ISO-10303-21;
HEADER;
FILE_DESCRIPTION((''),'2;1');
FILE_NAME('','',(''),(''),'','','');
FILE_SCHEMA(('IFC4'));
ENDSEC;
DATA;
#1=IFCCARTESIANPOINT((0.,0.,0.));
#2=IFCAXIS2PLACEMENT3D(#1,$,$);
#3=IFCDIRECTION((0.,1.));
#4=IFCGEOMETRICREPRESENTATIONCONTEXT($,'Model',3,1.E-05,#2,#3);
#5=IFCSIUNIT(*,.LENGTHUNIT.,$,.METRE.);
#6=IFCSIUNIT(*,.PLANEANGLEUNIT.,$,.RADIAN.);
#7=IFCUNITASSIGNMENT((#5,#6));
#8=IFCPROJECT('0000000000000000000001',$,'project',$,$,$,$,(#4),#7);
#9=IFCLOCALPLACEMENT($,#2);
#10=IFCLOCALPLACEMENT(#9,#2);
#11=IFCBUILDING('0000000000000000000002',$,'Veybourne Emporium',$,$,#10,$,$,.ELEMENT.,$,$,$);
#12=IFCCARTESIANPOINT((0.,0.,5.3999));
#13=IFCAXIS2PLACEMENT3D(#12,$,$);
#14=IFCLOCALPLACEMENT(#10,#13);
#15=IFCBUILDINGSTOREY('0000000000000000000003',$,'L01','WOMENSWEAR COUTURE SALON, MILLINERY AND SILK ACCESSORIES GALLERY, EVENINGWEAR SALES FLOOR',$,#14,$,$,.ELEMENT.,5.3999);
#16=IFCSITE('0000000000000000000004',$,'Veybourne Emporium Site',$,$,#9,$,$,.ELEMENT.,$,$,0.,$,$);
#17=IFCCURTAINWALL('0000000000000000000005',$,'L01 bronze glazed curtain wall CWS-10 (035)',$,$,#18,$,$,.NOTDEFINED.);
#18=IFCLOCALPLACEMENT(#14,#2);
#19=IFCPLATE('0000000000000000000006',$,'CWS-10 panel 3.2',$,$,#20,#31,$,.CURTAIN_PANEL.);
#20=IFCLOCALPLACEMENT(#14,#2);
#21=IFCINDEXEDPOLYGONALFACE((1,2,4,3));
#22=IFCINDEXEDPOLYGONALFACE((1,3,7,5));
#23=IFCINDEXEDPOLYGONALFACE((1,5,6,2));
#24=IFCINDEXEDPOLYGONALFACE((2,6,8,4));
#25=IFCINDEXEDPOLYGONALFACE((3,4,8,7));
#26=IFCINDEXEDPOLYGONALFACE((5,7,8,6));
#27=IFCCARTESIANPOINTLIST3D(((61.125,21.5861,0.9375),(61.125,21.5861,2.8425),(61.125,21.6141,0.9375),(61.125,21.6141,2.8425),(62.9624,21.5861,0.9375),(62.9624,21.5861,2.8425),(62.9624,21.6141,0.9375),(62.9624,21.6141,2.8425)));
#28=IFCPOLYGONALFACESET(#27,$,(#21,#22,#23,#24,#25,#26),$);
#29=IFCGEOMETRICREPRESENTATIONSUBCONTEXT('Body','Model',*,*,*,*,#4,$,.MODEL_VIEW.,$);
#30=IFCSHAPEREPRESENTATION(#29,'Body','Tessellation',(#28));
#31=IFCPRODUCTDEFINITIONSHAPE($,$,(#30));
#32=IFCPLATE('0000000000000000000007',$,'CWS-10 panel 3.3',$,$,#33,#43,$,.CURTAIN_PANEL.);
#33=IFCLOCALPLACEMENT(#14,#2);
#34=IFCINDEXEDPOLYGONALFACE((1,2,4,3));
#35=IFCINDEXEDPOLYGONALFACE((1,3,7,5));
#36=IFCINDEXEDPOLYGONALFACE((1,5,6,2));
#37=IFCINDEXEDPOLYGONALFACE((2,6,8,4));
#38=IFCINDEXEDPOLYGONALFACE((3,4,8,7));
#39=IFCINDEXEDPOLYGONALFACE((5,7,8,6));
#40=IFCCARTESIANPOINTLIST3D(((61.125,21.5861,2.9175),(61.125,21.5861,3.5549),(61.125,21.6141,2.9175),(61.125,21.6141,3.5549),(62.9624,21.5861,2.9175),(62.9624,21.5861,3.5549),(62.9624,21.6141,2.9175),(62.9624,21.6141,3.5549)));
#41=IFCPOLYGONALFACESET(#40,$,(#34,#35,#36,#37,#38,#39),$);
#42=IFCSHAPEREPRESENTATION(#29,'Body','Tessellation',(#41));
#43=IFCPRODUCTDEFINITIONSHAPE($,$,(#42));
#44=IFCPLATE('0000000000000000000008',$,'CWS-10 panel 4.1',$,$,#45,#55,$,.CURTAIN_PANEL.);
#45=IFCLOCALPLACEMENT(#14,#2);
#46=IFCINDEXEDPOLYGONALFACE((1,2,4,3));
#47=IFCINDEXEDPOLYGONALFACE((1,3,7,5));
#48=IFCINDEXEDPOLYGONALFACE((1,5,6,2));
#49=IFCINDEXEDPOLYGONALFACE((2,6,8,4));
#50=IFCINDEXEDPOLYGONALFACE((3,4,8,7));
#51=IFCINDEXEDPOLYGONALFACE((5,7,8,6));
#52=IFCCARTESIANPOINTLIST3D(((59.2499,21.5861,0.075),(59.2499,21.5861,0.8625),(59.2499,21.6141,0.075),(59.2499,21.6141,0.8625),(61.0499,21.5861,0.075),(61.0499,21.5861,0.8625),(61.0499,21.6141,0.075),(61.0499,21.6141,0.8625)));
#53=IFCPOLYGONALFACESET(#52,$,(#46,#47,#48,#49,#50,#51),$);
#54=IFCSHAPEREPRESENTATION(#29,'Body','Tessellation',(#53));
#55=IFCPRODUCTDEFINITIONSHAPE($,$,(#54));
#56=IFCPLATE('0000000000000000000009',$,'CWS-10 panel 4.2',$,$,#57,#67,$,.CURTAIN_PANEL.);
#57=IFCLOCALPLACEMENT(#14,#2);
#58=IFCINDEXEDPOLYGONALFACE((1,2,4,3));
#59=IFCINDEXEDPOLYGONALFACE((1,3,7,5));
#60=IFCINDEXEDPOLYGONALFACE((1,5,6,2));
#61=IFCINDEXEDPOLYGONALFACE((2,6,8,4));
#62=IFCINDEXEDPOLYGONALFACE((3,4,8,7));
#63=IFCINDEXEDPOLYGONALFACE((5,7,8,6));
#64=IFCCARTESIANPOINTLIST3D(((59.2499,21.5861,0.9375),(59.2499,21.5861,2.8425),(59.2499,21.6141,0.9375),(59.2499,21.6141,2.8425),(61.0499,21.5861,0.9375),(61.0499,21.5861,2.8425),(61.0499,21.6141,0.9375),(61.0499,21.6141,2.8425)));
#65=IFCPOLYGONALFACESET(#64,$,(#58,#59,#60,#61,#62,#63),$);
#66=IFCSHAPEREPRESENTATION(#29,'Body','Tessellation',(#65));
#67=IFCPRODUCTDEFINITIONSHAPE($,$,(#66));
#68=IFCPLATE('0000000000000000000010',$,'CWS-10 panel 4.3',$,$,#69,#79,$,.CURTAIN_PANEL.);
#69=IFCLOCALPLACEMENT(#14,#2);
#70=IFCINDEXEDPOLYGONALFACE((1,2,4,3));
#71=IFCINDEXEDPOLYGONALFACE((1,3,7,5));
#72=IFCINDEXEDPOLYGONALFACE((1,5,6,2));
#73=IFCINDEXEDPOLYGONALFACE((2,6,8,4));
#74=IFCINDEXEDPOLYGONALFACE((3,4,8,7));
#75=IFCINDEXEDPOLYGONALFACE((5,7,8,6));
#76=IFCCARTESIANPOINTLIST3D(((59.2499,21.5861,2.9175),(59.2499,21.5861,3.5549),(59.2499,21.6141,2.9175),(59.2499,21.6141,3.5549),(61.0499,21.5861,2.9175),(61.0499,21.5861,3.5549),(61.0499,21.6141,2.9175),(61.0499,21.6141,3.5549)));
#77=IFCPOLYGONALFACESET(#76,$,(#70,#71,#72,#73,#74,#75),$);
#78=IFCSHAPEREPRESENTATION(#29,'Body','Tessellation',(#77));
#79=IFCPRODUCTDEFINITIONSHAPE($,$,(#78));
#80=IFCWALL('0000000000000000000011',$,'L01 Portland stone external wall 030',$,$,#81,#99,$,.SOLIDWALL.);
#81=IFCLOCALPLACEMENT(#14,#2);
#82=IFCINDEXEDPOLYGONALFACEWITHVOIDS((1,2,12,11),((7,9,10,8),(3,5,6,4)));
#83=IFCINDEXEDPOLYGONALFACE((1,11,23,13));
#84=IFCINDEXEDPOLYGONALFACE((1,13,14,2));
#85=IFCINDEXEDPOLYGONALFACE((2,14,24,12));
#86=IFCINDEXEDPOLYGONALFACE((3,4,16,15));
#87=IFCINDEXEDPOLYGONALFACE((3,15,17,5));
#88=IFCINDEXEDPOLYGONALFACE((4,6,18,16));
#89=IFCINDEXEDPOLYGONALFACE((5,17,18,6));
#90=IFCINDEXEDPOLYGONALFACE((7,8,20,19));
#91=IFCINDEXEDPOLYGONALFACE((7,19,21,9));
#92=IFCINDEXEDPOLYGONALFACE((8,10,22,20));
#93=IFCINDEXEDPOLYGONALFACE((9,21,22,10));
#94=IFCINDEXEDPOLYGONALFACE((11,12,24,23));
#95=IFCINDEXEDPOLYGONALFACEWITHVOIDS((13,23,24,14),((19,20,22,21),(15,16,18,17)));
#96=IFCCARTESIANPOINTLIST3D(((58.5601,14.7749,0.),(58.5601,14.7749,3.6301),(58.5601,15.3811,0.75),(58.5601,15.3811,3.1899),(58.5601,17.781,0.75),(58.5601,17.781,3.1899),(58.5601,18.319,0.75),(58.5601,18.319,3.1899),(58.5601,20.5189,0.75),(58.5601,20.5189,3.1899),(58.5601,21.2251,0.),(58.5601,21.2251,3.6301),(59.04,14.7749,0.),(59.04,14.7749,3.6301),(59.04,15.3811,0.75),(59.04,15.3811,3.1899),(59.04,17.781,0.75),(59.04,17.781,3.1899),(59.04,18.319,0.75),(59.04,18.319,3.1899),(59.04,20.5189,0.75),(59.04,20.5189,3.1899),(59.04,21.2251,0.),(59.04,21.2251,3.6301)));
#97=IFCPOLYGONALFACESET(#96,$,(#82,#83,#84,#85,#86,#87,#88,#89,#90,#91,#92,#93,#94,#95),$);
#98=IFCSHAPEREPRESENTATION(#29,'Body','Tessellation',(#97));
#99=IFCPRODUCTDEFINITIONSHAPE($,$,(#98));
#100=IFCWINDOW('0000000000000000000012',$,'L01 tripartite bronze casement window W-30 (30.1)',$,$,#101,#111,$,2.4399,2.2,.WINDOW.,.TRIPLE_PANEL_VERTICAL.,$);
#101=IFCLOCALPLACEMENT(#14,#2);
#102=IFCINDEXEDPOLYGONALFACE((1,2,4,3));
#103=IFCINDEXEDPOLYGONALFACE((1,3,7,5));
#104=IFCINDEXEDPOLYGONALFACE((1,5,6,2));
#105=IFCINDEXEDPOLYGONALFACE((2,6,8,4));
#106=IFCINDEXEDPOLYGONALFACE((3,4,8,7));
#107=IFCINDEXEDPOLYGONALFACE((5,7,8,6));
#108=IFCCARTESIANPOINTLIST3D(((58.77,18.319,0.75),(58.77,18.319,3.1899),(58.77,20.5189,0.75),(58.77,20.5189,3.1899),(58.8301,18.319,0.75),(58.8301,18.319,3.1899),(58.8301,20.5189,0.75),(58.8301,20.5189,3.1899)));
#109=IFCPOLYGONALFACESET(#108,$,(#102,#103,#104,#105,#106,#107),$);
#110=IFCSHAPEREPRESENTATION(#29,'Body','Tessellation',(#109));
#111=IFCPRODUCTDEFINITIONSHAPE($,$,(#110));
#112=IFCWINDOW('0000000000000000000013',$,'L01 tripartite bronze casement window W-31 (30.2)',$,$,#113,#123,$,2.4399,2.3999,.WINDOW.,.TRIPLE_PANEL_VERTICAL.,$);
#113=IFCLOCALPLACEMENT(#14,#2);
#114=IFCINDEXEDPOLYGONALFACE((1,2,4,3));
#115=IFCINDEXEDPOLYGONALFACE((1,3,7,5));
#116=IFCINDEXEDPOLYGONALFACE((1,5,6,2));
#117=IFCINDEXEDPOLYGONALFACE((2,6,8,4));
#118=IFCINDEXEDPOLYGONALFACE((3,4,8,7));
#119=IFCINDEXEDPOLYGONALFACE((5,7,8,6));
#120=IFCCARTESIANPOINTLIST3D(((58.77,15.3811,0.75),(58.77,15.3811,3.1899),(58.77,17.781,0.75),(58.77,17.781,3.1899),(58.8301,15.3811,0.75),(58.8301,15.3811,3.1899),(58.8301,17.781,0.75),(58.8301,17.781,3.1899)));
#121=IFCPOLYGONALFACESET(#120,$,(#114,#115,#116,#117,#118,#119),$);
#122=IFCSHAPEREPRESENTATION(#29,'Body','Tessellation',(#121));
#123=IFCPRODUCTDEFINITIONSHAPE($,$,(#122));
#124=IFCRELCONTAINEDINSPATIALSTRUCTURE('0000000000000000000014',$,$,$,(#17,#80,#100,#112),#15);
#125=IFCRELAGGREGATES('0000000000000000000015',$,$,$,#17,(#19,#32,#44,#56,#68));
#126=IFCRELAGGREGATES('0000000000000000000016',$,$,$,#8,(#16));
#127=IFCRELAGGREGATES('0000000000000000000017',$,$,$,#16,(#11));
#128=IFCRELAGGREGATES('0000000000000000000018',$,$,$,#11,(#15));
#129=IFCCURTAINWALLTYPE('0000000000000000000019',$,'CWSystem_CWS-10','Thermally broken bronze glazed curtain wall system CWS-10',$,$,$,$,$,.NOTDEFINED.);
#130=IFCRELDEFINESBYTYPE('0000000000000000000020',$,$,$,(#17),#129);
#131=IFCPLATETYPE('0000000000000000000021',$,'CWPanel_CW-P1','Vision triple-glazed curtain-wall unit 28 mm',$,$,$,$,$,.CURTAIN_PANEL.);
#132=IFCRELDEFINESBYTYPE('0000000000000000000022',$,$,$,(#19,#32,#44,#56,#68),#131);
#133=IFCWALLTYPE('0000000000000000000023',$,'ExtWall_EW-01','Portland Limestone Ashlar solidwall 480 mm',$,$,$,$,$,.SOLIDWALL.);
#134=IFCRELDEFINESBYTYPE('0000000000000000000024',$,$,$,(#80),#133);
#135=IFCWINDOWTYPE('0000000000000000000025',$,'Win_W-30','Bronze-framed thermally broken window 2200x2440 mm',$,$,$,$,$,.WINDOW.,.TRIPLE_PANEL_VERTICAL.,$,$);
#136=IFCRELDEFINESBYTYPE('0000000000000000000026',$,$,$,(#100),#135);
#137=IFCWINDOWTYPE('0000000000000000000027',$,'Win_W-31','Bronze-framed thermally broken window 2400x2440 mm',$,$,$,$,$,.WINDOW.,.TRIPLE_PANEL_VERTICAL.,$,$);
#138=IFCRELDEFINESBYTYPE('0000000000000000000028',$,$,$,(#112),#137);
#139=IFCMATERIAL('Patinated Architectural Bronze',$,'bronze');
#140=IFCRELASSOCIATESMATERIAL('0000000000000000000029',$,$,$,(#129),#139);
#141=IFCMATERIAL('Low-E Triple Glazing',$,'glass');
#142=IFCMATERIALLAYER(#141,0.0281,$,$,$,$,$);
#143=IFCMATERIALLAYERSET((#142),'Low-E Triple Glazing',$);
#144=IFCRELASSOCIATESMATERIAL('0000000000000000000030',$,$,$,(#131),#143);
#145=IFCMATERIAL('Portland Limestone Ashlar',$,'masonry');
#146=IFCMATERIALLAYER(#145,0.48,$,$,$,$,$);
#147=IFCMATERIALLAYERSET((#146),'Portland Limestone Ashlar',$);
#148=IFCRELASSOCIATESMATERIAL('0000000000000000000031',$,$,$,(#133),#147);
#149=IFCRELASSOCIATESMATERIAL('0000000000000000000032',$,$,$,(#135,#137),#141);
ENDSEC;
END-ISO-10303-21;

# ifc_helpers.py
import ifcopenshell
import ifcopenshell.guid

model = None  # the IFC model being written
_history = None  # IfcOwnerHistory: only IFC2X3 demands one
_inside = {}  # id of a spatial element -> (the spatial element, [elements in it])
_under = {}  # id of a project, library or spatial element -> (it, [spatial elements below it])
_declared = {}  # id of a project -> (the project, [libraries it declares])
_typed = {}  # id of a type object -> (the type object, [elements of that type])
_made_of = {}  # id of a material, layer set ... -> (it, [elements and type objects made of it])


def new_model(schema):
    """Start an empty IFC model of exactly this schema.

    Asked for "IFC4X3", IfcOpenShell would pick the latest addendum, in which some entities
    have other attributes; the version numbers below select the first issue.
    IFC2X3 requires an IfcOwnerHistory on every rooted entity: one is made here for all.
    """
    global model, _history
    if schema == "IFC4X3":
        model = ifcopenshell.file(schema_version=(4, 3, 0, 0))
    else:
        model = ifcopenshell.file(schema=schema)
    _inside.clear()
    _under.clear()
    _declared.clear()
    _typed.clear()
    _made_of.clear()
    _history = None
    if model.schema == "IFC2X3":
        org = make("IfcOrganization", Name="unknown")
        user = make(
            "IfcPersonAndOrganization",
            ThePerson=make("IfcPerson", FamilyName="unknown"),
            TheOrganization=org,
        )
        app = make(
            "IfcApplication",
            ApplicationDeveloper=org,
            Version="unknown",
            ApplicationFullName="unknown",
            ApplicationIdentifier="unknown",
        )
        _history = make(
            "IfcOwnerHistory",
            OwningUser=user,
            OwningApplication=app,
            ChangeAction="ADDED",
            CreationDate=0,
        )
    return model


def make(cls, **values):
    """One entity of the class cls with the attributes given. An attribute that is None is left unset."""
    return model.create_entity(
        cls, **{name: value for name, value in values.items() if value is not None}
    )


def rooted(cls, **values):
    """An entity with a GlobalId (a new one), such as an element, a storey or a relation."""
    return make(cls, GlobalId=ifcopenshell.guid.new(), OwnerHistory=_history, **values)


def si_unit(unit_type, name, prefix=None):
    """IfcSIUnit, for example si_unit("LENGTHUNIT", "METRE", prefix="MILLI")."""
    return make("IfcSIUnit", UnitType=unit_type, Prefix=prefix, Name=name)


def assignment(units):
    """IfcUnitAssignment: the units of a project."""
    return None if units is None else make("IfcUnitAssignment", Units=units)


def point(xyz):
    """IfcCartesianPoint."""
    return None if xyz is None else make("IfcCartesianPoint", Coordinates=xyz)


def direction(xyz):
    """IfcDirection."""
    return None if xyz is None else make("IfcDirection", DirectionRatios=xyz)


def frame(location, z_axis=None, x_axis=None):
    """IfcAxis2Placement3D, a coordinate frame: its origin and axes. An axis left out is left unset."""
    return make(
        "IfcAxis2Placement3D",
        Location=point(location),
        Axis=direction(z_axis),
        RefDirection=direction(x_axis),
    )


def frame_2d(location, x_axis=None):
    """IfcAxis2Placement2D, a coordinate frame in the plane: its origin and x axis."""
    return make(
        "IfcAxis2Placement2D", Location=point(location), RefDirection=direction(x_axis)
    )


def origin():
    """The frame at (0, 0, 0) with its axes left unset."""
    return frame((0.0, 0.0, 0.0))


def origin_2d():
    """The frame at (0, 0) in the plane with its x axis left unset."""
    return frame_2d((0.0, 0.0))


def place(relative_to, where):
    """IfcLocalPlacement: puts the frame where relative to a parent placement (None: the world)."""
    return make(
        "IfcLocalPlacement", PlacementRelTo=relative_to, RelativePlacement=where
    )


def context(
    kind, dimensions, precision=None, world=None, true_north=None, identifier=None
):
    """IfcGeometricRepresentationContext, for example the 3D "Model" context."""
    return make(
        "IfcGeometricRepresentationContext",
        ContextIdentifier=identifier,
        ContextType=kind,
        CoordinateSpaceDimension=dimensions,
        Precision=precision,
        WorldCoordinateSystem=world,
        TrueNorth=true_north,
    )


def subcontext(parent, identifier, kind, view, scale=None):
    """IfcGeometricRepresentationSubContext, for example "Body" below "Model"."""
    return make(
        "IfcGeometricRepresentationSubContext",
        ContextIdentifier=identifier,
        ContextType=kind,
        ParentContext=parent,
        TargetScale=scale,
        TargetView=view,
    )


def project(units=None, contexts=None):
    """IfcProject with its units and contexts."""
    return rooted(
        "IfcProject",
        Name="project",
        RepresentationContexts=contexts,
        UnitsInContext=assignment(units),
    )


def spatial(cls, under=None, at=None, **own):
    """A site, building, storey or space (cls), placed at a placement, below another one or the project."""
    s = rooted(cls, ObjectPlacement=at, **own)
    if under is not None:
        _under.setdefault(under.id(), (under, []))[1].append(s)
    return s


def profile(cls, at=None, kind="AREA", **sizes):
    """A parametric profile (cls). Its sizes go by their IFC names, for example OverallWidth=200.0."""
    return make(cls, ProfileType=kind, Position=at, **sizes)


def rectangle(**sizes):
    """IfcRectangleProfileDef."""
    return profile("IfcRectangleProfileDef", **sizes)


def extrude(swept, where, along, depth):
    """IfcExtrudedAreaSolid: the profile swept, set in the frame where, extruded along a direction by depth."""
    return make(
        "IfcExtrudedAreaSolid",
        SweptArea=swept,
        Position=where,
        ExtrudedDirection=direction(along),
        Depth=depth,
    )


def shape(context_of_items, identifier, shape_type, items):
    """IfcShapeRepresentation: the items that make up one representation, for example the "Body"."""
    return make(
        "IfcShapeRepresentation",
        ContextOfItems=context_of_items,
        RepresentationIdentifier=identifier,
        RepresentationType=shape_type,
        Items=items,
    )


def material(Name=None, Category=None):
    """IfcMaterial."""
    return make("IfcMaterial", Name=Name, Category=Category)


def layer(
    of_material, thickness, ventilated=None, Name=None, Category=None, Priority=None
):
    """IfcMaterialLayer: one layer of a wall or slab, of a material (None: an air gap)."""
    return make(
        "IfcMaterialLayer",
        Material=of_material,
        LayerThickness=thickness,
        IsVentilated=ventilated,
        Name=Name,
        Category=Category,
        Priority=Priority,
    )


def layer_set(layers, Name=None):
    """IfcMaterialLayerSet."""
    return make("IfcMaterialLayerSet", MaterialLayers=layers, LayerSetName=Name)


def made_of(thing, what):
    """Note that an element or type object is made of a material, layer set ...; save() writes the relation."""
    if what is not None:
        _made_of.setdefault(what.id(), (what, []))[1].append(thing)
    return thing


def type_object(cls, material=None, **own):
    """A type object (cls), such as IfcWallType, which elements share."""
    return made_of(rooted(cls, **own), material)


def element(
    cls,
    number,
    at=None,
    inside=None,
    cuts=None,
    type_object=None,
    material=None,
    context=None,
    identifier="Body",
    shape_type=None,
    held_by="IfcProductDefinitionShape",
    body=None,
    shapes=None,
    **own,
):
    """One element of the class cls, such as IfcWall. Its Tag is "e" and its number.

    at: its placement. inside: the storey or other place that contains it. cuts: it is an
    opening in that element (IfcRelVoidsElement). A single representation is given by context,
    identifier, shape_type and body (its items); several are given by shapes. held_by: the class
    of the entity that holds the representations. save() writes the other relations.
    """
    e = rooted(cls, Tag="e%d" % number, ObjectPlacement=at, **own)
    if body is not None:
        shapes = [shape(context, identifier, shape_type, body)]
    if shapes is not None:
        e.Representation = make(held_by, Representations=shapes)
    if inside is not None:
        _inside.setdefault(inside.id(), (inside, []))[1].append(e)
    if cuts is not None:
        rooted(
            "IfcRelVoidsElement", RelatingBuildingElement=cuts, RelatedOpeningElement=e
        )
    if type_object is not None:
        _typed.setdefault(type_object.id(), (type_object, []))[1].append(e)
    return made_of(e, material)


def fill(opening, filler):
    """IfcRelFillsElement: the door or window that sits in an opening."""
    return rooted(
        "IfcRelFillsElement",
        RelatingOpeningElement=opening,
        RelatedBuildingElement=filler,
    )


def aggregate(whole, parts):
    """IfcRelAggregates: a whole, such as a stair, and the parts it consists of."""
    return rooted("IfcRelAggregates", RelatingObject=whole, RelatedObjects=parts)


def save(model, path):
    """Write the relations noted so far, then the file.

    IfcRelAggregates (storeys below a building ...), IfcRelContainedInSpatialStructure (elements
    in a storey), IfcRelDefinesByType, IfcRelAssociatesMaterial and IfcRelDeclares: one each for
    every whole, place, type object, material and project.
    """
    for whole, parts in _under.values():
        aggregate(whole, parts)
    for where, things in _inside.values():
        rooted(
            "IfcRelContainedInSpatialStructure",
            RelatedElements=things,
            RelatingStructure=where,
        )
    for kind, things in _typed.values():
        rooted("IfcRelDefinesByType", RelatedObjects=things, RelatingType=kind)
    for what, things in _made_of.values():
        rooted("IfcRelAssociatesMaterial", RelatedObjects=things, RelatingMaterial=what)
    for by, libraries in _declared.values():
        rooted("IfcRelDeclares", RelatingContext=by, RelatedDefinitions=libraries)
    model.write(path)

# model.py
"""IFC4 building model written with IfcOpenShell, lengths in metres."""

from ifc_helpers import new_model, si_unit, direction, frame, frame_2d, origin, origin_2d, place, context, subcontext, project, spatial, rectangle, extrude, material, layer, layer_set, type_object, element, fill, aggregate, save


model = new_model("IFC4")

# Units and contexts
model_context = context("Model", 3, precision=1e-05, world=origin(), true_north=direction((0.0, 1.0)))
body_context = subcontext(model_context, "Body", "Model", "MODEL_VIEW")
ifc_project = project(units=[si_unit("LENGTHUNIT", "METRE"), si_unit("PLANEANGLEUNIT", "RADIAN")], contexts=[model_context])

# Site, building, storey
site_placement = place(None, origin())
site = spatial("IfcSite", under=ifc_project, at=site_placement, Name="Veybourne Emporium Site", CompositionType="ELEMENT", RefElevation=0.0)
building_placement = place(site_placement, origin())
building = spatial("IfcBuilding", under=site, at=building_placement, Name="Veybourne Emporium", CompositionType="ELEMENT")
storey_placement = place(building_placement, frame((0.0, 0.0, 5.3999)))
storey = spatial("IfcBuildingStorey", under=building, at=storey_placement, Name="L01", Description="WOMENSWEAR COUTURE SALON, MILLINERY AND SILK ACCESSORIES GALLERY, EVENINGWEAR SALES FLOOR", CompositionType="ELEMENT", Elevation=5.3999)

# Curtain wall
ifc_material_1 = material(Name="Patinated Architectural Bronze", Category="bronze")
curtain_wall_type = type_object("IfcCurtainWallType", Name="CWSystem_CWS-10", Description="Thermally broken bronze glazed curtain wall system CWS-10", PredefinedType="NOTDEFINED", material=ifc_material_1)
curtain_wall_placement = place(storey_placement, origin())
curtain_wall = element("IfcCurtainWall", 1, at=curtain_wall_placement, inside=storey, type_object=curtain_wall_type, Name="L01 bronze glazed curtain wall CWS-10 (035)", PredefinedType="NOTDEFINED")

# Plates
ifc_material_2 = material(Name="Low-E Triple Glazing", Category="glass")
ifc_layer_1 = layer(ifc_material_2, 0.0281)
ifc_layer_set_1 = layer_set([ifc_layer_1], Name="Low-E Triple Glazing")
plate_type = type_object("IfcPlateType", Name="CWPanel_CW-P1", Description="Vision triple-glazed curtain-wall unit 28 mm", PredefinedType="CURTAIN_PANEL", material=ifc_layer_set_1)
plate_1_placement = place(storey_placement, frame((62.0437, 21.6001, 0.9375), z_axis=(0.0, 0.0, 1.0), x_axis=(-1.0, 0.0, 0.0)))
plate_1 = element("IfcPlate", 2, at=plate_1_placement, type_object=plate_type, Name="CWS-10 panel 3.2", PredefinedType="CURTAIN_PANEL", context=body_context, shape_type="SweptSolid", body=[
    extrude(rectangle(XDim=1.8374, YDim=0.0281, at=origin_2d()), origin(), (0.0, 0.0, 1.0), 1.905),
])
plate_2_placement = place(storey_placement, frame((62.0437, 21.6001, 2.9175), z_axis=(0.0, 0.0, 1.0), x_axis=(-1.0, 0.0, 0.0)))
plate_2 = element("IfcPlate", 3, at=plate_2_placement, type_object=plate_type, Name="CWS-10 panel 3.3", PredefinedType="CURTAIN_PANEL", context=body_context, shape_type="SweptSolid", body=[
    extrude(rectangle(XDim=1.8374, YDim=0.0281, at=origin_2d()), origin(), (0.0, 0.0, 1.0), 0.6375),
])
plate_3_placement = place(storey_placement, frame((60.1499, 21.6001, 0.075), z_axis=(0.0, 0.0, 1.0), x_axis=(-1.0, 0.0, 0.0)))
plate_3 = element("IfcPlate", 4, at=plate_3_placement, type_object=plate_type, Name="CWS-10 panel 4.1", PredefinedType="CURTAIN_PANEL", context=body_context, shape_type="SweptSolid", body=[
    extrude(rectangle(XDim=1.8, YDim=0.0281, at=origin_2d()), origin(), (0.0, 0.0, 1.0), 0.7876),
])
plate_4_placement = place(storey_placement, frame((60.1499, 21.6001, 0.9375), z_axis=(0.0, 0.0, 1.0), x_axis=(-1.0, 0.0, 0.0)))
plate_4 = element("IfcPlate", 5, at=plate_4_placement, type_object=plate_type, Name="CWS-10 panel 4.2", PredefinedType="CURTAIN_PANEL", context=body_context, shape_type="SweptSolid", body=[
    extrude(rectangle(XDim=1.8, YDim=0.0281, at=origin_2d()), origin(), (0.0, 0.0, 1.0), 1.905),
])
plate_5_placement = place(storey_placement, frame((60.1499, 21.6001, 2.9175), z_axis=(0.0, 0.0, 1.0), x_axis=(-1.0, 0.0, 0.0)))
plate_5 = element("IfcPlate", 6, at=plate_5_placement, type_object=plate_type, Name="CWS-10 panel 4.3", PredefinedType="CURTAIN_PANEL", context=body_context, shape_type="SweptSolid", body=[
    extrude(rectangle(XDim=1.8, YDim=0.0281, at=origin_2d()), origin(), (0.0, 0.0, 1.0), 0.6375),
])
aggregate(curtain_wall, [plate_1, plate_2, plate_3, plate_4, plate_5])

# Wall, openings, windows
ifc_material_3 = material(Name="Portland Limestone Ashlar", Category="masonry")
ifc_layer_2 = layer(ifc_material_3, 0.48)
ifc_layer_set_2 = layer_set([ifc_layer_2], Name="Portland Limestone Ashlar")
wall_type = type_object("IfcWallType", Name="ExtWall_EW-01", Description="Portland Limestone Ashlar solidwall 480 mm", PredefinedType="SOLIDWALL", material=ifc_layer_set_2)
wall_placement = place(storey_placement, frame((58.8, 21.2251, 0.0), z_axis=(0.0, 0.0, 1.0), x_axis=(0.0, -1.0, 0.0)))
wall = element("IfcWall", 7, at=wall_placement, inside=storey, type_object=wall_type, Name="L01 Portland stone external wall 030", PredefinedType="SOLIDWALL", context=body_context, shape_type="SweptSolid", body=[
    extrude(rectangle(XDim=6.4502, YDim=0.48, at=frame_2d((3.2251, 0.0))), origin(), (0.0, 0.0, 1.0), 3.6301),
])
opening_1_placement = place(wall_placement, frame((0.7061, 0.0, 0.75)))
opening_1 = element("IfcOpeningElement", 8, at=opening_1_placement, cuts=wall, PredefinedType="OPENING", context=body_context, shape_type="SweptSolid", body=[
    extrude(rectangle(XDim=2.2, YDim=2.4399, at=frame_2d((1.1001, 1.22))), frame((0.0, 0.26, 0.0), z_axis=(0.0, -1.0, 0.0), x_axis=(1.0, 0.0, 0.0)), (0.0, 0.0, 1.0), 0.52),
])
opening_2_placement = place(wall_placement, frame((3.4441, 0.0, 0.75)))
opening_2 = element("IfcOpeningElement", 9, at=opening_2_placement, cuts=wall, PredefinedType="OPENING", context=body_context, shape_type="SweptSolid", body=[
    extrude(rectangle(XDim=2.3999, YDim=2.4399, at=frame_2d((1.2, 1.22))), frame((0.0, 0.26, 0.0), z_axis=(0.0, -1.0, 0.0), x_axis=(1.0, 0.0, 0.0)), (0.0, 0.0, 1.0), 0.52),
])
window_type_1 = type_object("IfcWindowType", Name="Win_W-30", Description="Bronze-framed thermally broken window 2200x2440 mm", PartitioningType="TRIPLE_PANEL_VERTICAL", PredefinedType="WINDOW", material=ifc_material_2)
window_1_placement = place(opening_1_placement, origin())
window_1 = element("IfcWindow", 10, at=window_1_placement, inside=storey, type_object=window_type_1, Name="L01 tripartite bronze casement window W-30 (30.1)", OverallHeight=2.4399, OverallWidth=2.2, PartitioningType="TRIPLE_PANEL_VERTICAL", PredefinedType="WINDOW", context=body_context, shape_type="SweptSolid", body=[
    extrude(rectangle(XDim=2.2, YDim=2.4399, at=frame_2d((1.1001, 1.22))), frame((0.0, 0.03, 0.0), z_axis=(0.0, -1.0, 0.0), x_axis=(1.0, 0.0, 0.0)), (0.0, 0.0, 1.0), 0.0601),
])
fill(opening_1, window_1)
window_type_2 = type_object("IfcWindowType", Name="Win_W-31", Description="Bronze-framed thermally broken window 2400x2440 mm", PartitioningType="TRIPLE_PANEL_VERTICAL", PredefinedType="WINDOW", material=ifc_material_2)
window_2_placement = place(opening_2_placement, origin())
window_2 = element("IfcWindow", 11, at=window_2_placement, inside=storey, type_object=window_type_2, Name="L01 tripartite bronze casement window W-31 (30.2)", OverallHeight=2.4399, OverallWidth=2.3999, PartitioningType="TRIPLE_PANEL_VERTICAL", PredefinedType="WINDOW", context=body_context, shape_type="SweptSolid", body=[
    extrude(rectangle(XDim=2.3999, YDim=2.4399, at=frame_2d((1.2, 1.22))), frame((0.0, 0.03, 0.0), z_axis=(0.0, -1.0, 0.0), x_axis=(1.0, 0.0, 0.0)), (0.0, 0.0, 1.0), 0.0601),
])
fill(opening_2, window_2)

save(model, "model.ifc")
